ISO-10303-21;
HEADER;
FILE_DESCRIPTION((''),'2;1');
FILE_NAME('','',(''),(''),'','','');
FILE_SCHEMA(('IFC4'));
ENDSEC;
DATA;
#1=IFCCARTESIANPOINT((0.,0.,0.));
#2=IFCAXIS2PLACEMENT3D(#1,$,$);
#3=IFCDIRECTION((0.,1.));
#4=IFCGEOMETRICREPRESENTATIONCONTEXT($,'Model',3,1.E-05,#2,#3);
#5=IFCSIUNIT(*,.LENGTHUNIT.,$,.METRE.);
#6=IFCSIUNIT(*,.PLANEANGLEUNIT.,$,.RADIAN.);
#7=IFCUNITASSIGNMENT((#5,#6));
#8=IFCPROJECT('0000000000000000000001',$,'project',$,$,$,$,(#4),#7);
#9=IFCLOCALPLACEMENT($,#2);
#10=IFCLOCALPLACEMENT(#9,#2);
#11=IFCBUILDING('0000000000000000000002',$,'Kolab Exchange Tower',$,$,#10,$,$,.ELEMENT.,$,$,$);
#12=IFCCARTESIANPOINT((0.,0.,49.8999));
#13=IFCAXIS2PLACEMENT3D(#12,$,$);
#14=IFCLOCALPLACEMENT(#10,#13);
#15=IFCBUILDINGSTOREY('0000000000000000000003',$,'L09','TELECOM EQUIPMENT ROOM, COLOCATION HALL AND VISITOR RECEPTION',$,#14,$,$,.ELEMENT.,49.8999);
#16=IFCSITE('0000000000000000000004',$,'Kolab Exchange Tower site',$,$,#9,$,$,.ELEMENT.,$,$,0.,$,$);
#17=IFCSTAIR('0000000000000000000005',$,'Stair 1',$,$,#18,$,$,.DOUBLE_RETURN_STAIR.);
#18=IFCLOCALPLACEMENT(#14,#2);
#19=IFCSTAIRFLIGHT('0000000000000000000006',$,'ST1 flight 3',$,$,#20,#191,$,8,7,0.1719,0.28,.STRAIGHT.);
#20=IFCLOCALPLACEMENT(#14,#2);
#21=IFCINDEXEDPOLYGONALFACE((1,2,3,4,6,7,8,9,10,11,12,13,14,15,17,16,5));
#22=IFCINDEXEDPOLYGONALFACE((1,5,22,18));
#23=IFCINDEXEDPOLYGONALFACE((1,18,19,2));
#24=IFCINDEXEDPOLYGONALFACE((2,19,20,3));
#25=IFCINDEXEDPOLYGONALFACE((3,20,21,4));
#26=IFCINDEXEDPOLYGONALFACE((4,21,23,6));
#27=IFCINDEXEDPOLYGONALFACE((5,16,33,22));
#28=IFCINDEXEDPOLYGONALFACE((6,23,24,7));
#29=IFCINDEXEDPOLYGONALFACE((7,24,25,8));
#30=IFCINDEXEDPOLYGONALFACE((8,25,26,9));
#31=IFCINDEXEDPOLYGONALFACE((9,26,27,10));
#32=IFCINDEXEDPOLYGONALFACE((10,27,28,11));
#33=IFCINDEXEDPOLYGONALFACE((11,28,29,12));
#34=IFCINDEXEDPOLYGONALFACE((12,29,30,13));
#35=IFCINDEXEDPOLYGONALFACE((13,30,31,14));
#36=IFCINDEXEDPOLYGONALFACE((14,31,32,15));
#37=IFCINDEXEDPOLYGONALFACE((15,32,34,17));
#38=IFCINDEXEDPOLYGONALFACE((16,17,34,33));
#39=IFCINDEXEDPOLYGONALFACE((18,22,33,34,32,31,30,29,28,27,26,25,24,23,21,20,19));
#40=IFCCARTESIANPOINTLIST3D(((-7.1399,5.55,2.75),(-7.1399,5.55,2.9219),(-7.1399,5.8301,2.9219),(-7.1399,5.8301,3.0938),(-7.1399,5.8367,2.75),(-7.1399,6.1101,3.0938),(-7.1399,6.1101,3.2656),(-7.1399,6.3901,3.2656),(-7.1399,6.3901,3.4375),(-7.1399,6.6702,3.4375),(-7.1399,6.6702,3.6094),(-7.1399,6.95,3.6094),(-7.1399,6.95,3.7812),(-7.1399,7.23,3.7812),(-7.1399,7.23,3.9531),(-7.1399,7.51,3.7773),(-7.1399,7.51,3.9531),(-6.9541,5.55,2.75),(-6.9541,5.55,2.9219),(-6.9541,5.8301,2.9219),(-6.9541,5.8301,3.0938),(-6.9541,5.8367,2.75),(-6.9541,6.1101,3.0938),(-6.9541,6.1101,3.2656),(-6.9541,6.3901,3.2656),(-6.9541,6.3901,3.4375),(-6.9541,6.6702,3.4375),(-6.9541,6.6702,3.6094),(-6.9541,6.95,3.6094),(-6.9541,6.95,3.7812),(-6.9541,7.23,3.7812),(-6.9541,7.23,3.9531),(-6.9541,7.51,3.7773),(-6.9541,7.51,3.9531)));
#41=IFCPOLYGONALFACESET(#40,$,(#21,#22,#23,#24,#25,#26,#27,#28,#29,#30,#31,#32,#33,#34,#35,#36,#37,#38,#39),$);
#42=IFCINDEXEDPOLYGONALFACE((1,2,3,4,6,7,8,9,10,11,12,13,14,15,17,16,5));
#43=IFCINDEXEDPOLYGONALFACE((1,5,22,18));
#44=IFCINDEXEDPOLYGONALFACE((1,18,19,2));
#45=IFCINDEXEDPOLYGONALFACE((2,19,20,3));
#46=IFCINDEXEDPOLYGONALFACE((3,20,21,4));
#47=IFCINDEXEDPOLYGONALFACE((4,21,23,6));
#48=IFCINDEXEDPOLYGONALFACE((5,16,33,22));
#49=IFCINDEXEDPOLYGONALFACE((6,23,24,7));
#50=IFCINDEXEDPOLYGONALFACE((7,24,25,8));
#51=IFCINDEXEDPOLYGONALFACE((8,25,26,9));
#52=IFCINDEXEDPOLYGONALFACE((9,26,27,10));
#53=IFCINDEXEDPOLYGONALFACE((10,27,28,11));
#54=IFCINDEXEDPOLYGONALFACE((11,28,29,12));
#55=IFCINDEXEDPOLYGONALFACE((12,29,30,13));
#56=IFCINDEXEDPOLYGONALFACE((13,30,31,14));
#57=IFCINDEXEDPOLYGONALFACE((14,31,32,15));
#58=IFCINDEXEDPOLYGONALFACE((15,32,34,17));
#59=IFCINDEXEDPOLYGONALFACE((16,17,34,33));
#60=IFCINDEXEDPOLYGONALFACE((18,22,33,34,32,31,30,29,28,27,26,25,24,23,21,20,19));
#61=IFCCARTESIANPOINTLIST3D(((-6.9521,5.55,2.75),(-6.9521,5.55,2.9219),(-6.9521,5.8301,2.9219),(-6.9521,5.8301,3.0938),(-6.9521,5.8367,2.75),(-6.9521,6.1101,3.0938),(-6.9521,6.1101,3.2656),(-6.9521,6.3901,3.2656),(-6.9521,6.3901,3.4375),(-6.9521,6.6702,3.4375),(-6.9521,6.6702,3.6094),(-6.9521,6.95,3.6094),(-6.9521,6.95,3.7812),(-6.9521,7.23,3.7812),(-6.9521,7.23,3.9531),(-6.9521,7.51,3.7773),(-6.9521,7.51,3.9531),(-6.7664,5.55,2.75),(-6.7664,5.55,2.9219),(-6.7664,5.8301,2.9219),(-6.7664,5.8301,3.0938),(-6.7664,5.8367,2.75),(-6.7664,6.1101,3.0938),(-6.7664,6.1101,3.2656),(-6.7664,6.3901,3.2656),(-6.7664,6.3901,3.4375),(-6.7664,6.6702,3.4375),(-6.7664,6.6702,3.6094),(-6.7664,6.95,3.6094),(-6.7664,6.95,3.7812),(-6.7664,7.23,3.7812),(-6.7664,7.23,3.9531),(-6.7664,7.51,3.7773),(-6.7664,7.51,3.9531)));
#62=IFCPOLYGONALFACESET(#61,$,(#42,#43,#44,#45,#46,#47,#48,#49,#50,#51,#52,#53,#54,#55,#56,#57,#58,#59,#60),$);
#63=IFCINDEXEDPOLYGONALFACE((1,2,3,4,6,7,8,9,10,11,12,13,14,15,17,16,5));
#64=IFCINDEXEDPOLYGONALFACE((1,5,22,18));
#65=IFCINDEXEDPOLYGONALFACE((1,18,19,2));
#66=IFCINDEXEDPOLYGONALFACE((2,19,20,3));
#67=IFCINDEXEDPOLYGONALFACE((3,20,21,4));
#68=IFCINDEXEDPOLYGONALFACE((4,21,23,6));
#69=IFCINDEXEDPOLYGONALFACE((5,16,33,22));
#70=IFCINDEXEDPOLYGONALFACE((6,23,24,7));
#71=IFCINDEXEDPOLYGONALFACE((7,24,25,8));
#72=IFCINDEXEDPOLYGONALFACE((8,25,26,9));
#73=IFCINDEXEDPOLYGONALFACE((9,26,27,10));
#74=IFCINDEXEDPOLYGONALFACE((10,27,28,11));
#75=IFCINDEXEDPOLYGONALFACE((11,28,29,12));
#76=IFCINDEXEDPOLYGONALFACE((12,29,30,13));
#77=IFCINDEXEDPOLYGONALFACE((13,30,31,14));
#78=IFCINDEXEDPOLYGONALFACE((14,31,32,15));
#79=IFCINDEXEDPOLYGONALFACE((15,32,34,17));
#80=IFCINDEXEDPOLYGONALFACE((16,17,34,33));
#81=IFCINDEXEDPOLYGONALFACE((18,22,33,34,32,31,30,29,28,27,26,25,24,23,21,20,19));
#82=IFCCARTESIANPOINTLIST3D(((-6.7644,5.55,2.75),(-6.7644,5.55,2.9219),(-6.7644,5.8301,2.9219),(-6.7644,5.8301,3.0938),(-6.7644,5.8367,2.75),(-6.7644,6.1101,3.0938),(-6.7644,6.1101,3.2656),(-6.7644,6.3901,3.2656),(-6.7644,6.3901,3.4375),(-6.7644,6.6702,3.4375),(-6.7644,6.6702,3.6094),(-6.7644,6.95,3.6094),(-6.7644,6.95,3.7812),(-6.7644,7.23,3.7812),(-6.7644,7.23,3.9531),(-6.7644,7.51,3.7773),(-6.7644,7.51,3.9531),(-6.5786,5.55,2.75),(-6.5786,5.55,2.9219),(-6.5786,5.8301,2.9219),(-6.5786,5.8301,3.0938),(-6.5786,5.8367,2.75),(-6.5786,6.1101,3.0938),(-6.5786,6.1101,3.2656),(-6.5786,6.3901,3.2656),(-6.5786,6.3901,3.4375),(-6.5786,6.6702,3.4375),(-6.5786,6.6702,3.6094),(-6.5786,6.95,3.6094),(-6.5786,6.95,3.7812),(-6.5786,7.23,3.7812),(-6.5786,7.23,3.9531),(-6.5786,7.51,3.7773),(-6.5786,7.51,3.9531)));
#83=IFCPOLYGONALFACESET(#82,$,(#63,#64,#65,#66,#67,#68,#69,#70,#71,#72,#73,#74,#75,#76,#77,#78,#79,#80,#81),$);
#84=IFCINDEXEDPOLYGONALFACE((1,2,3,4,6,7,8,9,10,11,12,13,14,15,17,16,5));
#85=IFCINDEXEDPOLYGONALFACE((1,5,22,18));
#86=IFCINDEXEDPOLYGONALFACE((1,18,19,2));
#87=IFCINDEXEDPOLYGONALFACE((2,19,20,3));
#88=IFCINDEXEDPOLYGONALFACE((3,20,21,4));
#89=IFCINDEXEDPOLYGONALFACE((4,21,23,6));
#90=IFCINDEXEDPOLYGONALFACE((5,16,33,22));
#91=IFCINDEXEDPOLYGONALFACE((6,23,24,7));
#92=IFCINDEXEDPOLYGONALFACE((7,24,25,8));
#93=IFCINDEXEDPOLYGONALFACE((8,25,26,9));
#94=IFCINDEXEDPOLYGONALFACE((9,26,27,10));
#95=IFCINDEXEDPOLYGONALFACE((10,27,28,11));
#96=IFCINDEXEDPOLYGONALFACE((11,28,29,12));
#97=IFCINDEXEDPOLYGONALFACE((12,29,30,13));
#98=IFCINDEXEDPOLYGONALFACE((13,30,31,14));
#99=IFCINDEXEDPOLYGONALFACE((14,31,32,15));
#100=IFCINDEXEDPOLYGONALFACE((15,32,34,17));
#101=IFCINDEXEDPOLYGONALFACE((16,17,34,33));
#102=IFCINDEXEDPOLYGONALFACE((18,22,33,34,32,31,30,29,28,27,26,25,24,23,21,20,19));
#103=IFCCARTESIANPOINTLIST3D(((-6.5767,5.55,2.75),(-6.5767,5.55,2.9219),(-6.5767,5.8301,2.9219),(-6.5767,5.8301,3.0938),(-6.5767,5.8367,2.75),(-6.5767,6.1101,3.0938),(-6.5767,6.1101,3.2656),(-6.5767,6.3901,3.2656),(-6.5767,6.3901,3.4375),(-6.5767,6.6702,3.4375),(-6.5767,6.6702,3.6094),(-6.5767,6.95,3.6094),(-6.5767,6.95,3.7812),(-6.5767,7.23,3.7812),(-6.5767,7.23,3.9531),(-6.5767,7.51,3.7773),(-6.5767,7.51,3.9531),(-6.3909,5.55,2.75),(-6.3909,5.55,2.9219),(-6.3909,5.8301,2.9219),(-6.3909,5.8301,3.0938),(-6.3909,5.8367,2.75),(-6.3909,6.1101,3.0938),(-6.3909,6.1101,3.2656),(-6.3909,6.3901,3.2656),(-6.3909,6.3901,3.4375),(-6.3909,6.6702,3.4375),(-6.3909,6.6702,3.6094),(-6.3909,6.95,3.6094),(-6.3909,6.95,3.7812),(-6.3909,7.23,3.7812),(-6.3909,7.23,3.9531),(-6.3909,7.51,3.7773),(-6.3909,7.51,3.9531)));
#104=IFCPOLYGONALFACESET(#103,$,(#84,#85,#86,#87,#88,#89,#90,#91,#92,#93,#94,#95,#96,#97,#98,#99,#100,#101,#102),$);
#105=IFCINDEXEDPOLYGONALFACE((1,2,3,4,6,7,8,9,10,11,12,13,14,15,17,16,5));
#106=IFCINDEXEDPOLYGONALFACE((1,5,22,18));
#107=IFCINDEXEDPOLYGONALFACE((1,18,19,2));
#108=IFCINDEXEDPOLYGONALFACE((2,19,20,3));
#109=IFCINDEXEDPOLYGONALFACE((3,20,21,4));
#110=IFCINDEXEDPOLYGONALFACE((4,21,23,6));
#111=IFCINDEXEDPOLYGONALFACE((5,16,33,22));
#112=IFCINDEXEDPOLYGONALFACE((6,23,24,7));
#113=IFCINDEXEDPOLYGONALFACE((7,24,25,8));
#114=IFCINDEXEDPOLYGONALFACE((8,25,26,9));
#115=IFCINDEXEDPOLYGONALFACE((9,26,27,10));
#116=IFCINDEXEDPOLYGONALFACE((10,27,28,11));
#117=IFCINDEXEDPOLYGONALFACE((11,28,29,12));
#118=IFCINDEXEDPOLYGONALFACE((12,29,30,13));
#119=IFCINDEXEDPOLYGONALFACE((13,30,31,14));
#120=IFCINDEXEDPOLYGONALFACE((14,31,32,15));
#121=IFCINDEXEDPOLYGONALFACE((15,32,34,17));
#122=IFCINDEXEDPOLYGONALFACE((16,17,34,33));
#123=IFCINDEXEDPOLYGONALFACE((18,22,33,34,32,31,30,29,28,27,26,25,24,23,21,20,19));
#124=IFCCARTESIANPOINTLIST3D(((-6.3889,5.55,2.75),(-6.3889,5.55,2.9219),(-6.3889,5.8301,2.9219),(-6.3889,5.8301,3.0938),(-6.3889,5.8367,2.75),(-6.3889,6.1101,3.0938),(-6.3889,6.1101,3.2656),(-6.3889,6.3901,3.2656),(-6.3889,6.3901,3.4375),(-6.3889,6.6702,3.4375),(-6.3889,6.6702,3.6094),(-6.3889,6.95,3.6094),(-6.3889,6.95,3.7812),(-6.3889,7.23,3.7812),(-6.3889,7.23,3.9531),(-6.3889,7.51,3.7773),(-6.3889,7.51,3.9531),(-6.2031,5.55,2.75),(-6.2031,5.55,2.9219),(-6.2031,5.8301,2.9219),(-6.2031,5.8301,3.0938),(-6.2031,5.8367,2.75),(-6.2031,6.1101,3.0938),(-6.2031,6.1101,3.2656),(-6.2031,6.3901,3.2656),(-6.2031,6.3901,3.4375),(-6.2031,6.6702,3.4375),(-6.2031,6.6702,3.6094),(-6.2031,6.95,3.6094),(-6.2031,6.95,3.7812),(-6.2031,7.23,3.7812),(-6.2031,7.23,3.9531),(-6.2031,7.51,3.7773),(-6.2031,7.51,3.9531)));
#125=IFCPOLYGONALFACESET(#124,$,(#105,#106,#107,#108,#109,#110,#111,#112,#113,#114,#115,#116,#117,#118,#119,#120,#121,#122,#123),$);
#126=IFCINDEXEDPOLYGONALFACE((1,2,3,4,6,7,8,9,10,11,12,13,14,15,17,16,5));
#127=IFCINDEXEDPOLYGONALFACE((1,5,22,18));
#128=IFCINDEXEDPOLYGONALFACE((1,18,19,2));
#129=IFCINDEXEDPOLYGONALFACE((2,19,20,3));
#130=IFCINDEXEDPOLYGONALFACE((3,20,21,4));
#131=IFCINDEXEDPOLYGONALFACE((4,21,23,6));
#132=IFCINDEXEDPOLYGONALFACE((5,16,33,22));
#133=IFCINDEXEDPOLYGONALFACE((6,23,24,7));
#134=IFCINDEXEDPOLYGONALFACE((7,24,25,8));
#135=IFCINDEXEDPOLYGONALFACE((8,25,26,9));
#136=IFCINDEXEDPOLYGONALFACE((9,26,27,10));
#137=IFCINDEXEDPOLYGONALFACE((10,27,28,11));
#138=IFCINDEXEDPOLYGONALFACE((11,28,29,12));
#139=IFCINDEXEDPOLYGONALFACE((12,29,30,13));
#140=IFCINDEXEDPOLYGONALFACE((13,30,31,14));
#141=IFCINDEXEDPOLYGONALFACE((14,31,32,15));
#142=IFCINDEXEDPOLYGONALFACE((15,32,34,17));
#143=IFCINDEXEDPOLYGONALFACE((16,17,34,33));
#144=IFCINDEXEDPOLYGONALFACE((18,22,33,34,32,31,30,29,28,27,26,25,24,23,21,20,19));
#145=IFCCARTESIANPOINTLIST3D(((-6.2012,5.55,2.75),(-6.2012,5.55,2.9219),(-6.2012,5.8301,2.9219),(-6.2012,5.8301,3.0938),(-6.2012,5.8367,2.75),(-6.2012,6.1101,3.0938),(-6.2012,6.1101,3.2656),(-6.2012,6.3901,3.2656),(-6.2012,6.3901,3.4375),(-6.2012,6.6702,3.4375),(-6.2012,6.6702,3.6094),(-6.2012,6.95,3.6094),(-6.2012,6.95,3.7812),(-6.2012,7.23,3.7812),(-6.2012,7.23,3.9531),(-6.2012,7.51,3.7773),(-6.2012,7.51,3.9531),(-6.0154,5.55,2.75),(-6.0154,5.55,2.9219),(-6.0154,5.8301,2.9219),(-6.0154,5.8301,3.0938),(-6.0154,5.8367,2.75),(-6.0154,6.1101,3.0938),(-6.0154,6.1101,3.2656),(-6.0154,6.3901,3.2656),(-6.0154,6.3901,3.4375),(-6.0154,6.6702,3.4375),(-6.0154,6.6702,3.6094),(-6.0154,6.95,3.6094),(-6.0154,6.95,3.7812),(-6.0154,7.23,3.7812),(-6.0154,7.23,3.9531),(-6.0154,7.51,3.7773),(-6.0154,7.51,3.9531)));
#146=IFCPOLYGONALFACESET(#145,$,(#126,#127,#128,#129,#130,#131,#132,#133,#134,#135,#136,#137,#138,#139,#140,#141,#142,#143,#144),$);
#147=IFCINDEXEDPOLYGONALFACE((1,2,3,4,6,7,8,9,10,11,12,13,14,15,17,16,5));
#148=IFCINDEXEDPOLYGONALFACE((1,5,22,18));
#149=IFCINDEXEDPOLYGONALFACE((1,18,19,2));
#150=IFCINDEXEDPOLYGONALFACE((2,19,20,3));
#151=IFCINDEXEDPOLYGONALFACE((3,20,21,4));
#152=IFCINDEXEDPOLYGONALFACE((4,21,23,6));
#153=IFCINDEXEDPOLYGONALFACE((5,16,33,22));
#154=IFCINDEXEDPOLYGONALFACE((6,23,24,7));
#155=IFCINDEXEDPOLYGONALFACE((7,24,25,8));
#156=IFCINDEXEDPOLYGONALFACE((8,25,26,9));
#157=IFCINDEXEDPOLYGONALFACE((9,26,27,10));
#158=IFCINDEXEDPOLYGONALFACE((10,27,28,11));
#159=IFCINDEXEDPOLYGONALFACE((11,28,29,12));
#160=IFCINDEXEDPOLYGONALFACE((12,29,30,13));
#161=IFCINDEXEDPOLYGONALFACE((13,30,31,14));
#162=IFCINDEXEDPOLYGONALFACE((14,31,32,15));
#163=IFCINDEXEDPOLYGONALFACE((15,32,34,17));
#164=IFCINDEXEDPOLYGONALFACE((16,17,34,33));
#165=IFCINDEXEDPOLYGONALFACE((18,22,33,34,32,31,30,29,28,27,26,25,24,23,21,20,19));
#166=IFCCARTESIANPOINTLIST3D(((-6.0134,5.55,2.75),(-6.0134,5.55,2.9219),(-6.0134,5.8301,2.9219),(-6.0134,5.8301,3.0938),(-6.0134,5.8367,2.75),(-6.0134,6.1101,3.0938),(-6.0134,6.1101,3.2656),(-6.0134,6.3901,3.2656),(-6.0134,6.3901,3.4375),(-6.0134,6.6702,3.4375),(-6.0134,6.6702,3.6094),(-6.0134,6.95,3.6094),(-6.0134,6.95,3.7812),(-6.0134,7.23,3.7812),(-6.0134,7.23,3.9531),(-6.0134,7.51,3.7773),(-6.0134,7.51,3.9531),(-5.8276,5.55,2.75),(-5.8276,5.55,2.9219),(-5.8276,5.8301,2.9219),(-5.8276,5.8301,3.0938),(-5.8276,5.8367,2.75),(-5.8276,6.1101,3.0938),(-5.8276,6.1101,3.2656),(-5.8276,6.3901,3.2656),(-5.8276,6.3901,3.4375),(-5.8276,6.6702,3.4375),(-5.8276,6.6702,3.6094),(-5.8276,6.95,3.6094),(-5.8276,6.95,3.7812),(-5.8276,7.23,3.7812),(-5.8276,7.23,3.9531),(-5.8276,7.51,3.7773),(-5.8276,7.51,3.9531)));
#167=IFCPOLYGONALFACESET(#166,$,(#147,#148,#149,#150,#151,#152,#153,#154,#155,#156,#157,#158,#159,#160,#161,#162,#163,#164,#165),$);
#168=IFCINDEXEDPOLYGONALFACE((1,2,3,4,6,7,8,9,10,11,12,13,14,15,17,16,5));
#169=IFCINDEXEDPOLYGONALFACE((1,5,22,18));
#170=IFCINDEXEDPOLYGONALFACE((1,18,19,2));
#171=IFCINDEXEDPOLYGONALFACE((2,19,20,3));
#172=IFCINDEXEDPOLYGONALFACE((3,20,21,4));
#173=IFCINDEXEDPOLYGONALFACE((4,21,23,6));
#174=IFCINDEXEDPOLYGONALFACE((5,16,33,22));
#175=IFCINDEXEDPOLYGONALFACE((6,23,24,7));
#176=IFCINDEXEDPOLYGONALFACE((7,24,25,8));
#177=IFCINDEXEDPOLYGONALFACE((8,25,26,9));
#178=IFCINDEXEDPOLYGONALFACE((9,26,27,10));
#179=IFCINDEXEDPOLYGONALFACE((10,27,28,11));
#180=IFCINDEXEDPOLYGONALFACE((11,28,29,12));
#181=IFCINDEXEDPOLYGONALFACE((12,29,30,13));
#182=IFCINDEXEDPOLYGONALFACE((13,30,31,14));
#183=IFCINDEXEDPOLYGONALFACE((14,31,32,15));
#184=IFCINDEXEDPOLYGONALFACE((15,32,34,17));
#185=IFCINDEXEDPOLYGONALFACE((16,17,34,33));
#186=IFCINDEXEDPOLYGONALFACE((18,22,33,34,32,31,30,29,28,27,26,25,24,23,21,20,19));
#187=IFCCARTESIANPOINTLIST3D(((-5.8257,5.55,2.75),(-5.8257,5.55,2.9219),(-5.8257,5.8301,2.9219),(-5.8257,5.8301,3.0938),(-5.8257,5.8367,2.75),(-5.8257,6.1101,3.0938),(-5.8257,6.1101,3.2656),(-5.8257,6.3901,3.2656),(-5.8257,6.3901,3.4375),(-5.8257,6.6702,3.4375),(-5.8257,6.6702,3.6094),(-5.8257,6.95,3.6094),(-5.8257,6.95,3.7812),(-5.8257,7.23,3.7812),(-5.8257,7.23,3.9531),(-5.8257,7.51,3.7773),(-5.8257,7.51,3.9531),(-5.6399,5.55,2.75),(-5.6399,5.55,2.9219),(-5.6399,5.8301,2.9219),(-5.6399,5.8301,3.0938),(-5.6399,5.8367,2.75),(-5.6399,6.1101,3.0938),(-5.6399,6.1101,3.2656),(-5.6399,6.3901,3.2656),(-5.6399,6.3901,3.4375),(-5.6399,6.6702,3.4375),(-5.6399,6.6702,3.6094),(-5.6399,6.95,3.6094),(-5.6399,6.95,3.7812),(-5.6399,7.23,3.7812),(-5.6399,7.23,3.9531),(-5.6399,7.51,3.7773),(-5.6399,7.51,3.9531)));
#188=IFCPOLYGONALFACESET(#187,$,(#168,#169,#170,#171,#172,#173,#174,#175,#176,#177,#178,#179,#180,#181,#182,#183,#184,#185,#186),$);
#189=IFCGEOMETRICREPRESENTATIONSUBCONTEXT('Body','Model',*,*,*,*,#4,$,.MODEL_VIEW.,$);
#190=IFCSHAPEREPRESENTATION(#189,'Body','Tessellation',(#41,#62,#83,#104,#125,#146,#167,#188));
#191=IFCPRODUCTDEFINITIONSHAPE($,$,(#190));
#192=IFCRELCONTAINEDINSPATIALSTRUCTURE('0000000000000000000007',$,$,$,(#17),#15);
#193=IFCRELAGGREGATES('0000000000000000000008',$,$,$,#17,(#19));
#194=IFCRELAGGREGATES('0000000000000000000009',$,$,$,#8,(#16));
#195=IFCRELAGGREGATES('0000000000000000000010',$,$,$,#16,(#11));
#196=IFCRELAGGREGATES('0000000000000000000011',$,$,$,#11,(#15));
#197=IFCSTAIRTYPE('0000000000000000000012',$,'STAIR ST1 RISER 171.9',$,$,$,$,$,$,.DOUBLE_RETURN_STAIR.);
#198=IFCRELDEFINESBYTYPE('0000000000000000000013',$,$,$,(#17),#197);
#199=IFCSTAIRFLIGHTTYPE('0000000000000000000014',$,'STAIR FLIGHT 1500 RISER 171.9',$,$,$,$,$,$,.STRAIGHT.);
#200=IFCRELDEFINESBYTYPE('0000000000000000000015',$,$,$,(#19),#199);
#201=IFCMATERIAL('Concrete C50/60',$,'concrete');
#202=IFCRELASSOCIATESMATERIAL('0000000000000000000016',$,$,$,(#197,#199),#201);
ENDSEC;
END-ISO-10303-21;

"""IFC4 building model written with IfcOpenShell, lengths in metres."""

from ifc_helpers import new_model, si_unit, direction, frame, origin, place, context, subcontext, project, spatial, polyline, outline, extrude, material, type_object, element, aggregate, save


model = new_model("IFC4")

# Units and contexts
model_context = context("Model", 3, precision=1e-05, world=origin(), true_north=direction((0.0, 1.0)))
body_context = subcontext(model_context, "Body", "Model", "MODEL_VIEW")
ifc_project = project(units=[si_unit("LENGTHUNIT", "METRE"), si_unit("PLANEANGLEUNIT", "RADIAN")], contexts=[model_context])

# Site, building, storey
site_placement = place(None, origin())
site = spatial("IfcSite", under=ifc_project, at=site_placement, Name="Kolab Exchange Tower site", CompositionType="ELEMENT", RefElevation=0.0)
building_placement = place(site_placement, origin())
building = spatial("IfcBuilding", under=site, at=building_placement, Name="Kolab Exchange Tower", CompositionType="ELEMENT")
storey_placement = place(building_placement, frame((0.0, 0.0, 49.8999)))
storey = spatial("IfcBuildingStorey", under=building, at=storey_placement, Name="L09", Description="TELECOM EQUIPMENT ROOM, COLOCATION HALL AND VISITOR RECEPTION", CompositionType="ELEMENT", Elevation=49.8999)

# Shared definitions
ifc_material_1 = material(Name="Concrete C50/60", Category="concrete")

# Stair, stair flight
stair_type = type_object("IfcStairType", Name="STAIR ST1 RISER 171.9", PredefinedType="DOUBLE_RETURN_STAIR", material=ifc_material_1)
stair_placement = place(storey_placement, origin())
stair = element("IfcStair", 1, at=stair_placement, inside=storey, type_object=stair_type, Name="Stair 1", PredefinedType="DOUBLE_RETURN_STAIR")
stair_flight_type = type_object("IfcStairFlightType", Name="STAIR FLIGHT 1500 RISER 171.9", PredefinedType="STRAIGHT", material=ifc_material_1)
stair_flight_1_placement = place(storey_placement, frame((-6.3899, 5.55, 2.75), z_axis=(0.0, 0.0, 1.0), x_axis=(0.0, 1.0, 0.0)))
stair_flight_1 = element("IfcStairFlight", 2, at=stair_flight_1_placement, type_object=stair_flight_type, Name="ST1 flight 3", NumberOfRisers=8, NumberOfTreads=7, PredefinedType="STRAIGHT", RiserHeight=0.1719, TreadLength=0.28, context=body_context, shape_type="SweptSolid", body=[
    extrude(outline(polyline([(0.0, 0.0), (0.0, 0.1719), (0.28, 0.1719), (0.28, 0.3438), (0.5601, 0.3438), (0.5601, 0.5156), (0.8401, 0.5156), (0.8401, 0.6875), (1.1201, 0.6875), (1.1201, 0.8594), (1.3999, 0.8594), (1.3999, 1.0312), (1.6799, 1.0312), (1.6799, 1.2031), (1.96, 1.2031), (1.96, 1.375), (1.96, 1.0273), (0.2866, 0.0), (0.0, 0.0)])), frame((0.0, 0.75, 0.0), z_axis=(0.0, -1.0, 0.0), x_axis=(1.0, 0.0, 0.0)), (0.0, 0.0, 1.0), 0.1858),
    extrude(outline(polyline([(0.0, 0.0), (0.0, 0.1719), (0.28, 0.1719), (0.28, 0.3438), (0.5601, 0.3438), (0.5601, 0.5156), (0.8401, 0.5156), (0.8401, 0.6875), (1.1201, 0.6875), (1.1201, 0.8594), (1.3999, 0.8594), (1.3999, 1.0312), (1.6799, 1.0312), (1.6799, 1.2031), (1.96, 1.2031), (1.96, 1.375), (1.96, 1.0273), (0.2866, 0.0), (0.0, 0.0)])), frame((0.0, 0.5623, 0.0), z_axis=(0.0, -1.0, 0.0), x_axis=(1.0, 0.0, 0.0)), (0.0, 0.0, 1.0), 0.1858),
    extrude(outline(polyline([(0.0, 0.0), (0.0, 0.1719), (0.28, 0.1719), (0.28, 0.3438), (0.5601, 0.3438), (0.5601, 0.5156), (0.8401, 0.5156), (0.8401, 0.6875), (1.1201, 0.6875), (1.1201, 0.8594), (1.3999, 0.8594), (1.3999, 1.0312), (1.6799, 1.0312), (1.6799, 1.2031), (1.96, 1.2031), (1.96, 1.375), (1.96, 1.0273), (0.2866, 0.0), (0.0, 0.0)])), frame((0.0, 0.3745, 0.0), z_axis=(0.0, -1.0, 0.0), x_axis=(1.0, 0.0, 0.0)), (0.0, 0.0, 1.0), 0.1858),
    extrude(outline(polyline([(0.0, 0.0), (0.0, 0.1719), (0.28, 0.1719), (0.28, 0.3438), (0.5601, 0.3438), (0.5601, 0.5156), (0.8401, 0.5156), (0.8401, 0.6875), (1.1201, 0.6875), (1.1201, 0.8594), (1.3999, 0.8594), (1.3999, 1.0312), (1.6799, 1.0312), (1.6799, 1.2031), (1.96, 1.2031), (1.96, 1.375), (1.96, 1.0273), (0.2866, 0.0), (0.0, 0.0)])), frame((0.0, 0.1868, 0.0), z_axis=(0.0, -1.0, 0.0), x_axis=(1.0, 0.0, 0.0)), (0.0, 0.0, 1.0), 0.1858),
    extrude(outline(polyline([(0.0, 0.0), (0.0, 0.1719), (0.28, 0.1719), (0.28, 0.3438), (0.5601, 0.3438), (0.5601, 0.5156), (0.8401, 0.5156), (0.8401, 0.6875), (1.1201, 0.6875), (1.1201, 0.8594), (1.3999, 0.8594), (1.3999, 1.0312), (1.6799, 1.0312), (1.6799, 1.2031), (1.96, 1.2031), (1.96, 1.375), (1.96, 1.0273), (0.2866, 0.0), (0.0, 0.0)])), frame((0.0, -0.001, 0.0), z_axis=(0.0, -1.0, 0.0), x_axis=(1.0, 0.0, 0.0)), (0.0, 0.0, 1.0), 0.1858),
    extrude(outline(polyline([(0.0, 0.0), (0.0, 0.1719), (0.28, 0.1719), (0.28, 0.3438), (0.5601, 0.3438), (0.5601, 0.5156), (0.8401, 0.5156), (0.8401, 0.6875), (1.1201, 0.6875), (1.1201, 0.8594), (1.3999, 0.8594), (1.3999, 1.0312), (1.6799, 1.0312), (1.6799, 1.2031), (1.96, 1.2031), (1.96, 1.375), (1.96, 1.0273), (0.2866, 0.0), (0.0, 0.0)])), frame((0.0, -0.1887, 0.0), z_axis=(0.0, -1.0, 0.0), x_axis=(1.0, 0.0, 0.0)), (0.0, 0.0, 1.0), 0.1858),
    extrude(outline(polyline([(0.0, 0.0), (0.0, 0.1719), (0.28, 0.1719), (0.28, 0.3438), (0.5601, 0.3438), (0.5601, 0.5156), (0.8401, 0.5156), (0.8401, 0.6875), (1.1201, 0.6875), (1.1201, 0.8594), (1.3999, 0.8594), (1.3999, 1.0312), (1.6799, 1.0312), (1.6799, 1.2031), (1.96, 1.2031), (1.96, 1.375), (1.96, 1.0273), (0.2866, 0.0), (0.0, 0.0)])), frame((0.0, -0.3765, 0.0), z_axis=(0.0, -1.0, 0.0), x_axis=(1.0, 0.0, 0.0)), (0.0, 0.0, 1.0), 0.1858),
    extrude(outline(polyline([(0.0, 0.0), (0.0, 0.1719), (0.28, 0.1719), (0.28, 0.3438), (0.5601, 0.3438), (0.5601, 0.5156), (0.8401, 0.5156), (0.8401, 0.6875), (1.1201, 0.6875), (1.1201, 0.8594), (1.3999, 0.8594), (1.3999, 1.0312), (1.6799, 1.0312), (1.6799, 1.2031), (1.96, 1.2031), (1.96, 1.375), (1.96, 1.0273), (0.2866, 0.0), (0.0, 0.0)])), frame((0.0, -0.5642, 0.0), z_axis=(0.0, -1.0, 0.0), x_axis=(1.0, 0.0, 0.0)), (0.0, 0.0, 1.0), 0.1858),
])
aggregate(stair, [stair_flight_1])

save(model, "model.ifc")
